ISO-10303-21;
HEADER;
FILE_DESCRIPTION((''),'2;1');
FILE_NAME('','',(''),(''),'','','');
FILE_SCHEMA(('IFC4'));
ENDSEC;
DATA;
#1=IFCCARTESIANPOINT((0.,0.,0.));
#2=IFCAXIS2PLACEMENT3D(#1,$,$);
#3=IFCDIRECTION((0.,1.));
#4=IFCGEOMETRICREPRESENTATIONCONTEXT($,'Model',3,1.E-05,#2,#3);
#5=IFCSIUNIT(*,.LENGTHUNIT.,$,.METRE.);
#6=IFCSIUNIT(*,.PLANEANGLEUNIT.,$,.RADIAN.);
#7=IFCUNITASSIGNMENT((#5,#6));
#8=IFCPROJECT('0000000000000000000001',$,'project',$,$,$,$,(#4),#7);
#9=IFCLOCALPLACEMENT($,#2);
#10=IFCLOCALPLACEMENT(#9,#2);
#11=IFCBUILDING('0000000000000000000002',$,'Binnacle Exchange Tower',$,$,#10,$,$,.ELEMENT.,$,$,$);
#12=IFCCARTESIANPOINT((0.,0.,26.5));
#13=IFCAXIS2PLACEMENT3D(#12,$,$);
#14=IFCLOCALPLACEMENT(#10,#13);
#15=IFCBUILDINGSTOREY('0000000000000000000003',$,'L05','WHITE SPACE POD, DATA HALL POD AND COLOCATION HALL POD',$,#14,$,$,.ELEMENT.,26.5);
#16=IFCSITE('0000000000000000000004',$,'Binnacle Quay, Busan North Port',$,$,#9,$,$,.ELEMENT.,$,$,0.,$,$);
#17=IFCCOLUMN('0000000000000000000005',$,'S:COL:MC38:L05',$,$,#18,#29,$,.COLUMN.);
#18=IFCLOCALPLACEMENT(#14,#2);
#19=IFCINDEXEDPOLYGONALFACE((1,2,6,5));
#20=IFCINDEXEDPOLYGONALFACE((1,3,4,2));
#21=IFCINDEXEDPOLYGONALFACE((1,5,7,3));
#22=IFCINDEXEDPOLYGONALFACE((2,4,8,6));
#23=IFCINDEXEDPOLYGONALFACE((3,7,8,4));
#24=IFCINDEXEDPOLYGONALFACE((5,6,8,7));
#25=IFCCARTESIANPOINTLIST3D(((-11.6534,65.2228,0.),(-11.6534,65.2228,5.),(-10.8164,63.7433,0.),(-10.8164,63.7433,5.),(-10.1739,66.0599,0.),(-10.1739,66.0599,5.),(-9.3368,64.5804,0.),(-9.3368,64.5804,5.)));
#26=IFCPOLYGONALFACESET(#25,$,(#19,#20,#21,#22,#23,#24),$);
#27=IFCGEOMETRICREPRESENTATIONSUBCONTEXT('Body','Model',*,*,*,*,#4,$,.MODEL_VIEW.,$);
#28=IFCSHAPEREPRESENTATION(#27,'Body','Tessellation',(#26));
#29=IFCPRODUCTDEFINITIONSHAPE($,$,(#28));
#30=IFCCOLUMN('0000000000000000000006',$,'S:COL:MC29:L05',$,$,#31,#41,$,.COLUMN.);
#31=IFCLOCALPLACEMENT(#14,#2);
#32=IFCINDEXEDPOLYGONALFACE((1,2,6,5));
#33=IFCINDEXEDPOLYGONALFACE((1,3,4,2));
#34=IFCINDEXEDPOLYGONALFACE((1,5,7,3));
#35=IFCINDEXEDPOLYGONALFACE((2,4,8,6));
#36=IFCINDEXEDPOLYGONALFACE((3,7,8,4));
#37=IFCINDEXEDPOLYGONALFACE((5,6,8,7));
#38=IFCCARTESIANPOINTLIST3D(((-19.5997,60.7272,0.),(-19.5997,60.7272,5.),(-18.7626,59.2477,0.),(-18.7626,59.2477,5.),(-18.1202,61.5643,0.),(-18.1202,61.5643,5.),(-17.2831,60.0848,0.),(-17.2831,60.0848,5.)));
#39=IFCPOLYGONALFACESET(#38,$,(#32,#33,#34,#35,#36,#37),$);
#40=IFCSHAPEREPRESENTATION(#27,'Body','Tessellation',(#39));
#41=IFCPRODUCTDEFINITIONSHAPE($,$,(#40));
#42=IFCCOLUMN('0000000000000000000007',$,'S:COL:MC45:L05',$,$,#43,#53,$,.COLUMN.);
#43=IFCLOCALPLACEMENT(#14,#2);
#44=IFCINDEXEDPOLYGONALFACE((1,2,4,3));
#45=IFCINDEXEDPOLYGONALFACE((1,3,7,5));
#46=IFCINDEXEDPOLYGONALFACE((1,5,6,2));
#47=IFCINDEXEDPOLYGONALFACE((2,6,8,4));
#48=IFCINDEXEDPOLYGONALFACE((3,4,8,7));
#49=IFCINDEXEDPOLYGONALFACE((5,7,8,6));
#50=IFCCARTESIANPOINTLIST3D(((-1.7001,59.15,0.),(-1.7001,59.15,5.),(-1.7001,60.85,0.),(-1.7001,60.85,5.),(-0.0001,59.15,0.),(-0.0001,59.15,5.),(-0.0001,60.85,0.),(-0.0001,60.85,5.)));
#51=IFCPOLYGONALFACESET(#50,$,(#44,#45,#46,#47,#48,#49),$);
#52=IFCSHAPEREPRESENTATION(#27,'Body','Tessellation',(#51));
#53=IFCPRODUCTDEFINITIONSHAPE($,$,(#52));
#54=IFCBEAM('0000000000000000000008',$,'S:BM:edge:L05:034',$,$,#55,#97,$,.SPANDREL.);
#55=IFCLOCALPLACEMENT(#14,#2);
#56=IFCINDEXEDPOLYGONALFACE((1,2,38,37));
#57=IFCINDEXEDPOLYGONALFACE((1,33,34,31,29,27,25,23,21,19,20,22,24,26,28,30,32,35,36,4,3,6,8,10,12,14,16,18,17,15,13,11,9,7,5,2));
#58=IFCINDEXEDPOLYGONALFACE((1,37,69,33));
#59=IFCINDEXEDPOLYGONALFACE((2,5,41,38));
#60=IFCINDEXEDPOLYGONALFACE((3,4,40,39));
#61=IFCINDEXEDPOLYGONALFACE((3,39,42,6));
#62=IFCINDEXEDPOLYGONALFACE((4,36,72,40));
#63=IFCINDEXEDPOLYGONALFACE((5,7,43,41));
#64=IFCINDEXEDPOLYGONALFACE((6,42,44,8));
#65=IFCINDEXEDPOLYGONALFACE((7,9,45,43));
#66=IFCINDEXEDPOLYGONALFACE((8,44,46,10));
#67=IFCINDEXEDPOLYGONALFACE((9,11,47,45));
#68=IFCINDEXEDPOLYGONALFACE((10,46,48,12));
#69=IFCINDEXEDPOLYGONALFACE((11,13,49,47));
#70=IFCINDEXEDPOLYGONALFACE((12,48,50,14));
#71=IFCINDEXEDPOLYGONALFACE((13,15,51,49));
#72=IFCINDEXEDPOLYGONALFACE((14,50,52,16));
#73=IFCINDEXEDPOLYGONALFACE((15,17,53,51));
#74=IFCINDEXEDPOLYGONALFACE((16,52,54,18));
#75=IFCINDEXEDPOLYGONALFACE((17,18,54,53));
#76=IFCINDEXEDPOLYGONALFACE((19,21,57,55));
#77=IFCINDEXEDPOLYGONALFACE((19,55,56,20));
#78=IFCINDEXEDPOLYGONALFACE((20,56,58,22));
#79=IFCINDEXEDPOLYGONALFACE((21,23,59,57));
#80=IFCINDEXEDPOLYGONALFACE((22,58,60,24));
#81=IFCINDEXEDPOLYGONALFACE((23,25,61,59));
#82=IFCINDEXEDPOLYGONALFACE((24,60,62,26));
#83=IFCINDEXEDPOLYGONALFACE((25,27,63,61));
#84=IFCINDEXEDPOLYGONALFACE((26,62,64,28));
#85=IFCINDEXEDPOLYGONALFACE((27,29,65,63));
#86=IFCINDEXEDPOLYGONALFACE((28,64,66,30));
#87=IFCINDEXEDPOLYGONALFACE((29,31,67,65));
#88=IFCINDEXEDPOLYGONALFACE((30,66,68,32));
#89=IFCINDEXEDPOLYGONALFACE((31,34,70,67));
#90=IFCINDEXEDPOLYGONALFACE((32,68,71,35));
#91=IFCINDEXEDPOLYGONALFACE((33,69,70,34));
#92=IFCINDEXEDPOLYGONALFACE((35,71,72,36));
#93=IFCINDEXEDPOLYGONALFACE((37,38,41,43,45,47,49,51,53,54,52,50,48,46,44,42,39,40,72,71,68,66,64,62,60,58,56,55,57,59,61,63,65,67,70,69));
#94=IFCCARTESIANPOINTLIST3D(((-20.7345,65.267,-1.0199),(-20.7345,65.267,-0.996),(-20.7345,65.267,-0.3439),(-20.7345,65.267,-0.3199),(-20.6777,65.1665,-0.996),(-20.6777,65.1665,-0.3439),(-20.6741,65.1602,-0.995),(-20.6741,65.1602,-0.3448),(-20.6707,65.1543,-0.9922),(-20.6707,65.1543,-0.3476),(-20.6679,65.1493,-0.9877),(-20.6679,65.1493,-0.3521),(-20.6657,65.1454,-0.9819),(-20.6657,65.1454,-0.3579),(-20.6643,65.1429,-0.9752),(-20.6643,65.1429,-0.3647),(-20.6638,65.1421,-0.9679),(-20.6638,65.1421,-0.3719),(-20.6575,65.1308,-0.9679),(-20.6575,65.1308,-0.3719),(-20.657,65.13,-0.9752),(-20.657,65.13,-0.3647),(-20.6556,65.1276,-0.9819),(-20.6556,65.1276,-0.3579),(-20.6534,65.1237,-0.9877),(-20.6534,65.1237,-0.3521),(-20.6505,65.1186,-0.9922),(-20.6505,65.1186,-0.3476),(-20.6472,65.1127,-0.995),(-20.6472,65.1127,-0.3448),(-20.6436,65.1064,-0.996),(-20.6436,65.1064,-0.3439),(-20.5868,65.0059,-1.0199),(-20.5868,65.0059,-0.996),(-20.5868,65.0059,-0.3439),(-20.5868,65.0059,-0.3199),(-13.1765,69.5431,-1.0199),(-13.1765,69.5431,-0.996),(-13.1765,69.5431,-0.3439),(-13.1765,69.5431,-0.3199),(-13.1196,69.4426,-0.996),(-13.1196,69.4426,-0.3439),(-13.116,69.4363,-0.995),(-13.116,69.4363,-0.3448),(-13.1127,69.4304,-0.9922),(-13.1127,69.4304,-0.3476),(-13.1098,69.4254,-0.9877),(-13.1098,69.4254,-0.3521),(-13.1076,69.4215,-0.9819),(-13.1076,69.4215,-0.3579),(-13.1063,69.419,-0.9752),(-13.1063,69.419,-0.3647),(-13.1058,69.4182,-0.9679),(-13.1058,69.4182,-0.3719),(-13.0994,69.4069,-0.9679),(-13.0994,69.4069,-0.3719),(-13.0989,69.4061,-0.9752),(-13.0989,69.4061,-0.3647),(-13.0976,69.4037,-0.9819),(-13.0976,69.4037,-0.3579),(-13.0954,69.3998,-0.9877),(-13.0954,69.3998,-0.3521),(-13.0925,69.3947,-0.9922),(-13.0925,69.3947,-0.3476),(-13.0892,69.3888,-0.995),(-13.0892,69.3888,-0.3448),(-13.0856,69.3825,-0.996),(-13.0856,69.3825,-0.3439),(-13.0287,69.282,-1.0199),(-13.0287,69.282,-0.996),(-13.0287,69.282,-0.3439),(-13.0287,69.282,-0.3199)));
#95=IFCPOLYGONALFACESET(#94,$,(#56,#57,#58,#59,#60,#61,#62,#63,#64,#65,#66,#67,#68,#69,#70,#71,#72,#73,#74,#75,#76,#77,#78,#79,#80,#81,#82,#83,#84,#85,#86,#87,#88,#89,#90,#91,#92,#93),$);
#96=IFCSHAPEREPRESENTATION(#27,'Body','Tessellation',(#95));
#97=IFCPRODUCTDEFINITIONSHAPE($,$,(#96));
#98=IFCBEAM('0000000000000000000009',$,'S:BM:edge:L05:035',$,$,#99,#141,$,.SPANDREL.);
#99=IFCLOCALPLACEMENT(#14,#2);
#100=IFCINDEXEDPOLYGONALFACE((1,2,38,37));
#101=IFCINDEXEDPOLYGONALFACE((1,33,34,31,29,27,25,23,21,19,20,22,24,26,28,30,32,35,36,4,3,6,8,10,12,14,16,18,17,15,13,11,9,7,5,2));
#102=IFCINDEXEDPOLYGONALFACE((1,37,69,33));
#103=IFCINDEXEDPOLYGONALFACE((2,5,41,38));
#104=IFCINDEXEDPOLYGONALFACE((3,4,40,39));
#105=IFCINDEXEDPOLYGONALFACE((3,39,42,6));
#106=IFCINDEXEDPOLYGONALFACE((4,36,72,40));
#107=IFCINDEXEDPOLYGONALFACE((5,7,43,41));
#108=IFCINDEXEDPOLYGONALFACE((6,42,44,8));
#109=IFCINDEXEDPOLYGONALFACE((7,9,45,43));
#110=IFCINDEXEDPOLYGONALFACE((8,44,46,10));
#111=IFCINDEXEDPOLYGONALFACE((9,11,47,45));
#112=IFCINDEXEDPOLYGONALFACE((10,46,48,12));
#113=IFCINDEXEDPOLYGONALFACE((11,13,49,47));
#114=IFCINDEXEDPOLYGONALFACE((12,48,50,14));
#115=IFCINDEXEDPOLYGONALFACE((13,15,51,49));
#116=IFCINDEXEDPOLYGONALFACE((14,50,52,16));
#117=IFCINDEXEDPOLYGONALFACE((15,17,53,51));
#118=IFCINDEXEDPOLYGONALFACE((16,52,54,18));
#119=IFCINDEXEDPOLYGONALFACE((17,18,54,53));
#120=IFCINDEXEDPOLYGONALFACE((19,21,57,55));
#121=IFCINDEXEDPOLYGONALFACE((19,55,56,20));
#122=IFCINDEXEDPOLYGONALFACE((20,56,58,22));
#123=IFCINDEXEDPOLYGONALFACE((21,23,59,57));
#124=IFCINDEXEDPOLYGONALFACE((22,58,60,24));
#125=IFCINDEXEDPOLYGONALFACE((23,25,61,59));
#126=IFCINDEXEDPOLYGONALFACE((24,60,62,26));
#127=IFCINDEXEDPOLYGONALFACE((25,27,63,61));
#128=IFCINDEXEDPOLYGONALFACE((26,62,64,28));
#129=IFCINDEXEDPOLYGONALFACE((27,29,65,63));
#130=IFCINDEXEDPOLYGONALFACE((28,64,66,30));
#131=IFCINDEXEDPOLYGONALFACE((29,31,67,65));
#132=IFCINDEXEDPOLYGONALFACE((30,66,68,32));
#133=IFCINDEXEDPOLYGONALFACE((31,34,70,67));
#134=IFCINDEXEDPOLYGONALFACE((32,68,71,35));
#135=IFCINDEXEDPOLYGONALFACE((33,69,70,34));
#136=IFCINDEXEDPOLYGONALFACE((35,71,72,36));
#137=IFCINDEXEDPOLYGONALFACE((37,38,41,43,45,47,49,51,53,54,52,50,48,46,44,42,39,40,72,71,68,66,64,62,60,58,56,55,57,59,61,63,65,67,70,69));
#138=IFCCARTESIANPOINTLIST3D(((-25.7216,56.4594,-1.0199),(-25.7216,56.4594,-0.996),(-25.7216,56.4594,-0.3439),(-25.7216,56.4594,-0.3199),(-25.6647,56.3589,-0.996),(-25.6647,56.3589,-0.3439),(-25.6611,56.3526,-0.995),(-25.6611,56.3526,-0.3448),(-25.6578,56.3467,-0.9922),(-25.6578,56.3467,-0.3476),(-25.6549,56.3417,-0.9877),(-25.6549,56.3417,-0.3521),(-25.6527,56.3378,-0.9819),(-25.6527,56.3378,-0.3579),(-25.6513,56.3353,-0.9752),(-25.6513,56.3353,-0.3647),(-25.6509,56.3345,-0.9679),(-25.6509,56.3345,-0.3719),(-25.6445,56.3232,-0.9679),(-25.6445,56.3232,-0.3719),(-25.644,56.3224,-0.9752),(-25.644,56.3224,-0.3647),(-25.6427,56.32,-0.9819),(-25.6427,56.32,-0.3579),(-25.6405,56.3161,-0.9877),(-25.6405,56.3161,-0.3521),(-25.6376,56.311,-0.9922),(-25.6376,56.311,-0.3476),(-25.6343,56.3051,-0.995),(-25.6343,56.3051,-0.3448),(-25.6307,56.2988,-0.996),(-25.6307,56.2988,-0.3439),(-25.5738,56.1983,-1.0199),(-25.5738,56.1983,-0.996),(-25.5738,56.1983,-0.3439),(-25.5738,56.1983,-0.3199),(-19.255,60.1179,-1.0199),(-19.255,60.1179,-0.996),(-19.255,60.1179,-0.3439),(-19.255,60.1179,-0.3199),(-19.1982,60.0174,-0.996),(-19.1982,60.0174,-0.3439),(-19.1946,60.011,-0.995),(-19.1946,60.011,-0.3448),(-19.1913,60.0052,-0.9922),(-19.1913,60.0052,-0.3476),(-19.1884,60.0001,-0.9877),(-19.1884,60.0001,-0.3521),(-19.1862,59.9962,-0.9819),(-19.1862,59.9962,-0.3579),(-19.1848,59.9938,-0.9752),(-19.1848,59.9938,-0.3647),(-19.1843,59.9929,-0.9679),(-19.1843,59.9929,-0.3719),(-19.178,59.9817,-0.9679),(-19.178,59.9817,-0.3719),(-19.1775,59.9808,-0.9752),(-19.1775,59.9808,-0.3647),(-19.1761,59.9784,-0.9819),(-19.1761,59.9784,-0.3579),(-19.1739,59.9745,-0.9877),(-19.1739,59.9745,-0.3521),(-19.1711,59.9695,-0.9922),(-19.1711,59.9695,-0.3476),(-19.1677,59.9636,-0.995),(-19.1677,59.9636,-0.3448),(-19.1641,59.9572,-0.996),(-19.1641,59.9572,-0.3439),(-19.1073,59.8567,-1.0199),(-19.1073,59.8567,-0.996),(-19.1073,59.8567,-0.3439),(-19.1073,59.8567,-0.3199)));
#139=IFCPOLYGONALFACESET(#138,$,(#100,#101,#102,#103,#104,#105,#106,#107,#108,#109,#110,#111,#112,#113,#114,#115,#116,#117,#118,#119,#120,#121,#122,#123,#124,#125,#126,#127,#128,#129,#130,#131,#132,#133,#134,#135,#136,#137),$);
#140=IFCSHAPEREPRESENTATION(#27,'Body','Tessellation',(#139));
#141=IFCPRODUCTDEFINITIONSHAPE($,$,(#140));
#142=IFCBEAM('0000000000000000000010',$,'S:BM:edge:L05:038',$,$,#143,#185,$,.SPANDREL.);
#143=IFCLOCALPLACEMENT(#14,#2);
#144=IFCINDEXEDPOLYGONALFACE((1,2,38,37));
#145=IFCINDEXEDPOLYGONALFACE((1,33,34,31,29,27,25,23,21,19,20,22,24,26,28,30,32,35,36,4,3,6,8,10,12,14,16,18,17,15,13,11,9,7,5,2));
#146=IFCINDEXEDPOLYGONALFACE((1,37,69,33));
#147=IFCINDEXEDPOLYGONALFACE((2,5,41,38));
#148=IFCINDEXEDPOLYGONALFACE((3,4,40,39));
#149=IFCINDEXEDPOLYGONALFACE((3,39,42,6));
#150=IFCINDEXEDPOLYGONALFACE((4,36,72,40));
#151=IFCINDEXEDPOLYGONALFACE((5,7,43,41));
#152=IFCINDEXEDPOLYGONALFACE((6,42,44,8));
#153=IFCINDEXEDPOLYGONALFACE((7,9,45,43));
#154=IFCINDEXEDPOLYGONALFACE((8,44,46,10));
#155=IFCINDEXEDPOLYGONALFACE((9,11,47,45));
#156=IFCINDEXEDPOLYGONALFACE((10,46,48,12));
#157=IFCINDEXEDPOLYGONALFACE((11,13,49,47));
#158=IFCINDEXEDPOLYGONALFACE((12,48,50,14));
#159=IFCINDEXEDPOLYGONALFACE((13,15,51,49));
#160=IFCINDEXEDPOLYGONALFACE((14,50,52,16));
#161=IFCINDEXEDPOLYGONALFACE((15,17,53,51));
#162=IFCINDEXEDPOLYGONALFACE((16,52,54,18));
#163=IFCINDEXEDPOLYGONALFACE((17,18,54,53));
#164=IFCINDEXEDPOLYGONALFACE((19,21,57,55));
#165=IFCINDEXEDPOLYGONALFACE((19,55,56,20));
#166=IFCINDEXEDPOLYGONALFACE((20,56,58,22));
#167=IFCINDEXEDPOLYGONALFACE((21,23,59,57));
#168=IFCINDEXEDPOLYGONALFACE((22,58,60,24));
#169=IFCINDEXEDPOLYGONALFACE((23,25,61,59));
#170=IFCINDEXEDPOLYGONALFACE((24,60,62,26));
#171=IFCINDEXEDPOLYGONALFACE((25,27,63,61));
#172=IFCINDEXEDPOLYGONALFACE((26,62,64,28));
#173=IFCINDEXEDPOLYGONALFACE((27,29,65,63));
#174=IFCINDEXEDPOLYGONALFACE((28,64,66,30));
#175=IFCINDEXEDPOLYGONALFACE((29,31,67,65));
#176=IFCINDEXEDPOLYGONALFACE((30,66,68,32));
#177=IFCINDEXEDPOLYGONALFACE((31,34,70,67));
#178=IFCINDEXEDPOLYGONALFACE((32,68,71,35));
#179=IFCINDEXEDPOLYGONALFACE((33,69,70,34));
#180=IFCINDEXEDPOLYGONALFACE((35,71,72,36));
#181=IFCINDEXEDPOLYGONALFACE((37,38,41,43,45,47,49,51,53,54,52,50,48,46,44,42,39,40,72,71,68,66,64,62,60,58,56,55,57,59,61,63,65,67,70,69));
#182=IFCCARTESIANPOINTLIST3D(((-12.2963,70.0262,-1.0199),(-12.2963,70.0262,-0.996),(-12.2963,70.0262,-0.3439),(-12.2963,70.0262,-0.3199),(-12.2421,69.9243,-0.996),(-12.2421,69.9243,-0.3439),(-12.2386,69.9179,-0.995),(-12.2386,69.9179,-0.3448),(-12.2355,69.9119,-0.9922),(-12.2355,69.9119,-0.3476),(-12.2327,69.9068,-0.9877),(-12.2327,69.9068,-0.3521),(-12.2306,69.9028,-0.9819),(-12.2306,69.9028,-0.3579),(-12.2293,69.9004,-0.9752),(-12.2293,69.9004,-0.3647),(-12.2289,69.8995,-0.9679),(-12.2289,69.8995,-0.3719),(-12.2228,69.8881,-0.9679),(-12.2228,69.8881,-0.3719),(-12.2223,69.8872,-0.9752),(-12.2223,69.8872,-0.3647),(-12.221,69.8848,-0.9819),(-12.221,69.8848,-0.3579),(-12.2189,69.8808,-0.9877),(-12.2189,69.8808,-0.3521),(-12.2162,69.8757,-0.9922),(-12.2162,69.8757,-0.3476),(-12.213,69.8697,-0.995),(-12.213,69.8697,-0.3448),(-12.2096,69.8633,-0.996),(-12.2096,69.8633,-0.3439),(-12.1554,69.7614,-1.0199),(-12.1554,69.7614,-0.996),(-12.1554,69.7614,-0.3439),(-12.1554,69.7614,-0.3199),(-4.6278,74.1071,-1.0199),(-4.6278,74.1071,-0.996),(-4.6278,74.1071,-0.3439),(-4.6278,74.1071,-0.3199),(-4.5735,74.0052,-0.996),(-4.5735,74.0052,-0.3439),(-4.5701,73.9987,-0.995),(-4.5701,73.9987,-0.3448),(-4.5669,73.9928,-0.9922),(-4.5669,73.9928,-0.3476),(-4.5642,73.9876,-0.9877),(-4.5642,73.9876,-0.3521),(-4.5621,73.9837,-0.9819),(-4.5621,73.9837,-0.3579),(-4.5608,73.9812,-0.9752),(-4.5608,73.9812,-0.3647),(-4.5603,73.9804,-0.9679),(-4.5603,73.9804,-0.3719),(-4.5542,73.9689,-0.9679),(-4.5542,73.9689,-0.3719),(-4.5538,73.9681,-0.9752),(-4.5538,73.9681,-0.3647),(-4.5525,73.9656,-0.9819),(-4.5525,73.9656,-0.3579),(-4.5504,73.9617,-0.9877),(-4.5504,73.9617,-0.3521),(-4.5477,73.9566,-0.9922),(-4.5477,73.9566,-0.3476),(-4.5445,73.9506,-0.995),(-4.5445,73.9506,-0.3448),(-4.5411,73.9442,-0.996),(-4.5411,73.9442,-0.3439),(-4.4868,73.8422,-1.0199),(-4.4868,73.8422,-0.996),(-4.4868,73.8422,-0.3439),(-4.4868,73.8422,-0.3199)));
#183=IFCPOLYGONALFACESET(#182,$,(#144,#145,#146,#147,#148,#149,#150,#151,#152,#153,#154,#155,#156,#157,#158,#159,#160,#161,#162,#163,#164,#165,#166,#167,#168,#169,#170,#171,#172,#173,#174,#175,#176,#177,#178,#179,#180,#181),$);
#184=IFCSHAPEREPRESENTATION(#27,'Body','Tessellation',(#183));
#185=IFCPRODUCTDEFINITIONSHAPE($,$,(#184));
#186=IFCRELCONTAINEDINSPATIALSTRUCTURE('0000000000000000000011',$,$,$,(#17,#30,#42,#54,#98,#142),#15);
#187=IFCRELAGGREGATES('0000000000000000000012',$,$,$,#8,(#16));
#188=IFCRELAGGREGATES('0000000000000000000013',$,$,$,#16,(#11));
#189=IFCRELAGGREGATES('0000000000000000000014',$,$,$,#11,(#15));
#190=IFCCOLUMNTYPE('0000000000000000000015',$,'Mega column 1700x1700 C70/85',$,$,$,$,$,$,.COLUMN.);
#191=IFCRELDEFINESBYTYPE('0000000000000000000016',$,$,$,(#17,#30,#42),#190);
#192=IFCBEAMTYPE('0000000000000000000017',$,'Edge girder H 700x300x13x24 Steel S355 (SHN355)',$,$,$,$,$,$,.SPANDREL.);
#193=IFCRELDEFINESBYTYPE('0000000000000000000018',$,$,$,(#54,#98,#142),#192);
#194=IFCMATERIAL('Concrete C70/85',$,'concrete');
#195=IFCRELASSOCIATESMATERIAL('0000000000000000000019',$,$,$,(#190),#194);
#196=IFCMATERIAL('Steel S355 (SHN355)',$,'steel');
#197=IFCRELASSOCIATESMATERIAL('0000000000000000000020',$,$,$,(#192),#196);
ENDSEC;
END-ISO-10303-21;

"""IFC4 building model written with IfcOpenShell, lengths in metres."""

from ifc_helpers import new_model, si_unit, direction, frame, origin, origin_2d, place, context, subcontext, project, spatial, rectangle, i_section, extrude, material, material_profile, profile_set, type_object, element, save


model = new_model("IFC4")

# Units and contexts
model_context = context("Model", 3, precision=1e-05, world=origin(), true_north=direction((0.0, 1.0)))
body_context = subcontext(model_context, "Body", "Model", "MODEL_VIEW")
ifc_project = project(units=[si_unit("LENGTHUNIT", "METRE"), si_unit("PLANEANGLEUNIT", "RADIAN")], contexts=[model_context])

# Site, building, storey
site_placement = place(None, origin())
site = spatial("IfcSite", under=ifc_project, at=site_placement, Name="Binnacle Quay, Busan North Port", CompositionType="ELEMENT", RefElevation=0.0)
building_placement = place(site_placement, origin())
building = spatial("IfcBuilding", under=site, at=building_placement, Name="Binnacle Exchange Tower", CompositionType="ELEMENT")
storey_placement = place(building_placement, frame((0.0, 0.0, 26.5)))
storey = spatial("IfcBuildingStorey", under=building, at=storey_placement, Name="L05", Description="WHITE SPACE POD, DATA HALL POD AND COLOCATION HALL POD", CompositionType="ELEMENT", Elevation=26.5)

# Columns
ifc_material_1 = material(Name="Concrete C70/85", Category="concrete")
ifc_material_profile_1 = material_profile(ifc_material_1, rectangle(XDim=1.7, YDim=1.7, at=origin_2d()), Name="Mega column 1700x1700 C70/85")
ifc_profile_set_1 = profile_set([ifc_material_profile_1], Name="Concrete C70/85")
column_type = type_object("IfcColumnType", Name="Mega column 1700x1700 C70/85", PredefinedType="COLUMN", material=ifc_profile_set_1)
for number, where, z_axis, x_axis, name in (
    (1, (-10.4951, 64.9016, 0.0), (0.0, 0.0, 1.0), (-0.870356, -0.492424, 0.0), "S:COL:MC38:L05"),
    (2, (-18.4414, 60.406, 0.0), (0.0, 0.0, 1.0), (-0.870356, -0.492424, 0.0), "S:COL:MC29:L05"),
    (3, (-0.8501, 60.0, 0.0), (0.0, 0.0, 1.0), (0.0, 1.0, 0.0), "S:COL:MC45:L05"),
):
    element("IfcColumn", number, at=place(storey_placement, frame(where, z_axis=z_axis, x_axis=x_axis)), inside=storey, type_object=column_type, Name=name, PredefinedType="COLUMN", context=body_context, shape_type="SweptSolid", body=[
        extrude(rectangle(XDim=1.7, YDim=1.7, at=origin_2d()), origin(), (0.0, 0.0, 1.0), 5.0),
    ])

# Beams
ifc_material_2 = material(Name="Steel S355 (SHN355)", Category="steel")
ifc_material_profile_2 = material_profile(ifc_material_2, i_section(OverallWidth=0.3, OverallDepth=0.7, WebThickness=0.0129, FlangeThickness=0.0239, FilletRadius=0.0281, at=origin_2d()), Name="H 700x300x13x24")
ifc_profile_set_2 = profile_set([ifc_material_profile_2], Name="Steel S355 (SHN355)")
beam_type_1 = type_object("IfcBeamType", Name="Edge girder H 700x300x13x24 Steel S355 (SHN355)", PredefinedType="SPANDREL", material=ifc_profile_set_2)
beam_1_placement = place(storey_placement, frame((-20.6606, 65.1365, -0.6699), z_axis=(0.870358, 0.492419, 0.0), x_axis=(-0.492419, 0.870358, 0.0)))
element("IfcBeam", 4, at=beam_1_placement, inside=storey, type_object=beam_type_1, Name="S:BM:edge:L05:034", PredefinedType="SPANDREL", context=body_context, shape_type="SweptSolid", body=[
    extrude(i_section(OverallWidth=0.3, OverallDepth=0.7, WebThickness=0.0129, FlangeThickness=0.0239, FilletRadius=0.0281, at=origin_2d()), origin(), (0.0, 0.0, 1.0), 8.6838),
])
beam_2_placement = place(storey_placement, frame((-19.1812, 59.9873, -0.6699), z_axis=(-0.870364, -0.492408, 0.0), x_axis=(0.492408, -0.870364, 0.0)))
element("IfcBeam", 5, at=beam_2_placement, inside=storey, type_object=beam_type_1, Name="S:BM:edge:L05:035", PredefinedType="SPANDREL", context=body_context, shape_type="SweptSolid", body=[
    extrude(i_section(OverallWidth=0.3, OverallDepth=0.7, WebThickness=0.0129, FlangeThickness=0.0239, FilletRadius=0.0281, at=origin_2d()), origin(), (0.0, 0.0, 1.0), 7.4297),
])
beam_3_placement = place(storey_placement, frame((-12.2258, 69.8938, -0.6699), z_axis=(0.882784, 0.469778, 0.0), x_axis=(-0.469778, 0.882784, 0.0)))
element("IfcBeam", 6, at=beam_3_placement, inside=storey, type_object=beam_type_1, Name="S:BM:edge:L05:038", PredefinedType="SPANDREL", context=body_context, shape_type="SweptSolid", body=[
    extrude(i_section(OverallWidth=0.3, OverallDepth=0.7, WebThickness=0.0129, FlangeThickness=0.0239, FilletRadius=0.0281, at=origin_2d()), origin(), (0.0, 0.0, 1.0), 8.6868),
])

save(model, "model.ifc")
